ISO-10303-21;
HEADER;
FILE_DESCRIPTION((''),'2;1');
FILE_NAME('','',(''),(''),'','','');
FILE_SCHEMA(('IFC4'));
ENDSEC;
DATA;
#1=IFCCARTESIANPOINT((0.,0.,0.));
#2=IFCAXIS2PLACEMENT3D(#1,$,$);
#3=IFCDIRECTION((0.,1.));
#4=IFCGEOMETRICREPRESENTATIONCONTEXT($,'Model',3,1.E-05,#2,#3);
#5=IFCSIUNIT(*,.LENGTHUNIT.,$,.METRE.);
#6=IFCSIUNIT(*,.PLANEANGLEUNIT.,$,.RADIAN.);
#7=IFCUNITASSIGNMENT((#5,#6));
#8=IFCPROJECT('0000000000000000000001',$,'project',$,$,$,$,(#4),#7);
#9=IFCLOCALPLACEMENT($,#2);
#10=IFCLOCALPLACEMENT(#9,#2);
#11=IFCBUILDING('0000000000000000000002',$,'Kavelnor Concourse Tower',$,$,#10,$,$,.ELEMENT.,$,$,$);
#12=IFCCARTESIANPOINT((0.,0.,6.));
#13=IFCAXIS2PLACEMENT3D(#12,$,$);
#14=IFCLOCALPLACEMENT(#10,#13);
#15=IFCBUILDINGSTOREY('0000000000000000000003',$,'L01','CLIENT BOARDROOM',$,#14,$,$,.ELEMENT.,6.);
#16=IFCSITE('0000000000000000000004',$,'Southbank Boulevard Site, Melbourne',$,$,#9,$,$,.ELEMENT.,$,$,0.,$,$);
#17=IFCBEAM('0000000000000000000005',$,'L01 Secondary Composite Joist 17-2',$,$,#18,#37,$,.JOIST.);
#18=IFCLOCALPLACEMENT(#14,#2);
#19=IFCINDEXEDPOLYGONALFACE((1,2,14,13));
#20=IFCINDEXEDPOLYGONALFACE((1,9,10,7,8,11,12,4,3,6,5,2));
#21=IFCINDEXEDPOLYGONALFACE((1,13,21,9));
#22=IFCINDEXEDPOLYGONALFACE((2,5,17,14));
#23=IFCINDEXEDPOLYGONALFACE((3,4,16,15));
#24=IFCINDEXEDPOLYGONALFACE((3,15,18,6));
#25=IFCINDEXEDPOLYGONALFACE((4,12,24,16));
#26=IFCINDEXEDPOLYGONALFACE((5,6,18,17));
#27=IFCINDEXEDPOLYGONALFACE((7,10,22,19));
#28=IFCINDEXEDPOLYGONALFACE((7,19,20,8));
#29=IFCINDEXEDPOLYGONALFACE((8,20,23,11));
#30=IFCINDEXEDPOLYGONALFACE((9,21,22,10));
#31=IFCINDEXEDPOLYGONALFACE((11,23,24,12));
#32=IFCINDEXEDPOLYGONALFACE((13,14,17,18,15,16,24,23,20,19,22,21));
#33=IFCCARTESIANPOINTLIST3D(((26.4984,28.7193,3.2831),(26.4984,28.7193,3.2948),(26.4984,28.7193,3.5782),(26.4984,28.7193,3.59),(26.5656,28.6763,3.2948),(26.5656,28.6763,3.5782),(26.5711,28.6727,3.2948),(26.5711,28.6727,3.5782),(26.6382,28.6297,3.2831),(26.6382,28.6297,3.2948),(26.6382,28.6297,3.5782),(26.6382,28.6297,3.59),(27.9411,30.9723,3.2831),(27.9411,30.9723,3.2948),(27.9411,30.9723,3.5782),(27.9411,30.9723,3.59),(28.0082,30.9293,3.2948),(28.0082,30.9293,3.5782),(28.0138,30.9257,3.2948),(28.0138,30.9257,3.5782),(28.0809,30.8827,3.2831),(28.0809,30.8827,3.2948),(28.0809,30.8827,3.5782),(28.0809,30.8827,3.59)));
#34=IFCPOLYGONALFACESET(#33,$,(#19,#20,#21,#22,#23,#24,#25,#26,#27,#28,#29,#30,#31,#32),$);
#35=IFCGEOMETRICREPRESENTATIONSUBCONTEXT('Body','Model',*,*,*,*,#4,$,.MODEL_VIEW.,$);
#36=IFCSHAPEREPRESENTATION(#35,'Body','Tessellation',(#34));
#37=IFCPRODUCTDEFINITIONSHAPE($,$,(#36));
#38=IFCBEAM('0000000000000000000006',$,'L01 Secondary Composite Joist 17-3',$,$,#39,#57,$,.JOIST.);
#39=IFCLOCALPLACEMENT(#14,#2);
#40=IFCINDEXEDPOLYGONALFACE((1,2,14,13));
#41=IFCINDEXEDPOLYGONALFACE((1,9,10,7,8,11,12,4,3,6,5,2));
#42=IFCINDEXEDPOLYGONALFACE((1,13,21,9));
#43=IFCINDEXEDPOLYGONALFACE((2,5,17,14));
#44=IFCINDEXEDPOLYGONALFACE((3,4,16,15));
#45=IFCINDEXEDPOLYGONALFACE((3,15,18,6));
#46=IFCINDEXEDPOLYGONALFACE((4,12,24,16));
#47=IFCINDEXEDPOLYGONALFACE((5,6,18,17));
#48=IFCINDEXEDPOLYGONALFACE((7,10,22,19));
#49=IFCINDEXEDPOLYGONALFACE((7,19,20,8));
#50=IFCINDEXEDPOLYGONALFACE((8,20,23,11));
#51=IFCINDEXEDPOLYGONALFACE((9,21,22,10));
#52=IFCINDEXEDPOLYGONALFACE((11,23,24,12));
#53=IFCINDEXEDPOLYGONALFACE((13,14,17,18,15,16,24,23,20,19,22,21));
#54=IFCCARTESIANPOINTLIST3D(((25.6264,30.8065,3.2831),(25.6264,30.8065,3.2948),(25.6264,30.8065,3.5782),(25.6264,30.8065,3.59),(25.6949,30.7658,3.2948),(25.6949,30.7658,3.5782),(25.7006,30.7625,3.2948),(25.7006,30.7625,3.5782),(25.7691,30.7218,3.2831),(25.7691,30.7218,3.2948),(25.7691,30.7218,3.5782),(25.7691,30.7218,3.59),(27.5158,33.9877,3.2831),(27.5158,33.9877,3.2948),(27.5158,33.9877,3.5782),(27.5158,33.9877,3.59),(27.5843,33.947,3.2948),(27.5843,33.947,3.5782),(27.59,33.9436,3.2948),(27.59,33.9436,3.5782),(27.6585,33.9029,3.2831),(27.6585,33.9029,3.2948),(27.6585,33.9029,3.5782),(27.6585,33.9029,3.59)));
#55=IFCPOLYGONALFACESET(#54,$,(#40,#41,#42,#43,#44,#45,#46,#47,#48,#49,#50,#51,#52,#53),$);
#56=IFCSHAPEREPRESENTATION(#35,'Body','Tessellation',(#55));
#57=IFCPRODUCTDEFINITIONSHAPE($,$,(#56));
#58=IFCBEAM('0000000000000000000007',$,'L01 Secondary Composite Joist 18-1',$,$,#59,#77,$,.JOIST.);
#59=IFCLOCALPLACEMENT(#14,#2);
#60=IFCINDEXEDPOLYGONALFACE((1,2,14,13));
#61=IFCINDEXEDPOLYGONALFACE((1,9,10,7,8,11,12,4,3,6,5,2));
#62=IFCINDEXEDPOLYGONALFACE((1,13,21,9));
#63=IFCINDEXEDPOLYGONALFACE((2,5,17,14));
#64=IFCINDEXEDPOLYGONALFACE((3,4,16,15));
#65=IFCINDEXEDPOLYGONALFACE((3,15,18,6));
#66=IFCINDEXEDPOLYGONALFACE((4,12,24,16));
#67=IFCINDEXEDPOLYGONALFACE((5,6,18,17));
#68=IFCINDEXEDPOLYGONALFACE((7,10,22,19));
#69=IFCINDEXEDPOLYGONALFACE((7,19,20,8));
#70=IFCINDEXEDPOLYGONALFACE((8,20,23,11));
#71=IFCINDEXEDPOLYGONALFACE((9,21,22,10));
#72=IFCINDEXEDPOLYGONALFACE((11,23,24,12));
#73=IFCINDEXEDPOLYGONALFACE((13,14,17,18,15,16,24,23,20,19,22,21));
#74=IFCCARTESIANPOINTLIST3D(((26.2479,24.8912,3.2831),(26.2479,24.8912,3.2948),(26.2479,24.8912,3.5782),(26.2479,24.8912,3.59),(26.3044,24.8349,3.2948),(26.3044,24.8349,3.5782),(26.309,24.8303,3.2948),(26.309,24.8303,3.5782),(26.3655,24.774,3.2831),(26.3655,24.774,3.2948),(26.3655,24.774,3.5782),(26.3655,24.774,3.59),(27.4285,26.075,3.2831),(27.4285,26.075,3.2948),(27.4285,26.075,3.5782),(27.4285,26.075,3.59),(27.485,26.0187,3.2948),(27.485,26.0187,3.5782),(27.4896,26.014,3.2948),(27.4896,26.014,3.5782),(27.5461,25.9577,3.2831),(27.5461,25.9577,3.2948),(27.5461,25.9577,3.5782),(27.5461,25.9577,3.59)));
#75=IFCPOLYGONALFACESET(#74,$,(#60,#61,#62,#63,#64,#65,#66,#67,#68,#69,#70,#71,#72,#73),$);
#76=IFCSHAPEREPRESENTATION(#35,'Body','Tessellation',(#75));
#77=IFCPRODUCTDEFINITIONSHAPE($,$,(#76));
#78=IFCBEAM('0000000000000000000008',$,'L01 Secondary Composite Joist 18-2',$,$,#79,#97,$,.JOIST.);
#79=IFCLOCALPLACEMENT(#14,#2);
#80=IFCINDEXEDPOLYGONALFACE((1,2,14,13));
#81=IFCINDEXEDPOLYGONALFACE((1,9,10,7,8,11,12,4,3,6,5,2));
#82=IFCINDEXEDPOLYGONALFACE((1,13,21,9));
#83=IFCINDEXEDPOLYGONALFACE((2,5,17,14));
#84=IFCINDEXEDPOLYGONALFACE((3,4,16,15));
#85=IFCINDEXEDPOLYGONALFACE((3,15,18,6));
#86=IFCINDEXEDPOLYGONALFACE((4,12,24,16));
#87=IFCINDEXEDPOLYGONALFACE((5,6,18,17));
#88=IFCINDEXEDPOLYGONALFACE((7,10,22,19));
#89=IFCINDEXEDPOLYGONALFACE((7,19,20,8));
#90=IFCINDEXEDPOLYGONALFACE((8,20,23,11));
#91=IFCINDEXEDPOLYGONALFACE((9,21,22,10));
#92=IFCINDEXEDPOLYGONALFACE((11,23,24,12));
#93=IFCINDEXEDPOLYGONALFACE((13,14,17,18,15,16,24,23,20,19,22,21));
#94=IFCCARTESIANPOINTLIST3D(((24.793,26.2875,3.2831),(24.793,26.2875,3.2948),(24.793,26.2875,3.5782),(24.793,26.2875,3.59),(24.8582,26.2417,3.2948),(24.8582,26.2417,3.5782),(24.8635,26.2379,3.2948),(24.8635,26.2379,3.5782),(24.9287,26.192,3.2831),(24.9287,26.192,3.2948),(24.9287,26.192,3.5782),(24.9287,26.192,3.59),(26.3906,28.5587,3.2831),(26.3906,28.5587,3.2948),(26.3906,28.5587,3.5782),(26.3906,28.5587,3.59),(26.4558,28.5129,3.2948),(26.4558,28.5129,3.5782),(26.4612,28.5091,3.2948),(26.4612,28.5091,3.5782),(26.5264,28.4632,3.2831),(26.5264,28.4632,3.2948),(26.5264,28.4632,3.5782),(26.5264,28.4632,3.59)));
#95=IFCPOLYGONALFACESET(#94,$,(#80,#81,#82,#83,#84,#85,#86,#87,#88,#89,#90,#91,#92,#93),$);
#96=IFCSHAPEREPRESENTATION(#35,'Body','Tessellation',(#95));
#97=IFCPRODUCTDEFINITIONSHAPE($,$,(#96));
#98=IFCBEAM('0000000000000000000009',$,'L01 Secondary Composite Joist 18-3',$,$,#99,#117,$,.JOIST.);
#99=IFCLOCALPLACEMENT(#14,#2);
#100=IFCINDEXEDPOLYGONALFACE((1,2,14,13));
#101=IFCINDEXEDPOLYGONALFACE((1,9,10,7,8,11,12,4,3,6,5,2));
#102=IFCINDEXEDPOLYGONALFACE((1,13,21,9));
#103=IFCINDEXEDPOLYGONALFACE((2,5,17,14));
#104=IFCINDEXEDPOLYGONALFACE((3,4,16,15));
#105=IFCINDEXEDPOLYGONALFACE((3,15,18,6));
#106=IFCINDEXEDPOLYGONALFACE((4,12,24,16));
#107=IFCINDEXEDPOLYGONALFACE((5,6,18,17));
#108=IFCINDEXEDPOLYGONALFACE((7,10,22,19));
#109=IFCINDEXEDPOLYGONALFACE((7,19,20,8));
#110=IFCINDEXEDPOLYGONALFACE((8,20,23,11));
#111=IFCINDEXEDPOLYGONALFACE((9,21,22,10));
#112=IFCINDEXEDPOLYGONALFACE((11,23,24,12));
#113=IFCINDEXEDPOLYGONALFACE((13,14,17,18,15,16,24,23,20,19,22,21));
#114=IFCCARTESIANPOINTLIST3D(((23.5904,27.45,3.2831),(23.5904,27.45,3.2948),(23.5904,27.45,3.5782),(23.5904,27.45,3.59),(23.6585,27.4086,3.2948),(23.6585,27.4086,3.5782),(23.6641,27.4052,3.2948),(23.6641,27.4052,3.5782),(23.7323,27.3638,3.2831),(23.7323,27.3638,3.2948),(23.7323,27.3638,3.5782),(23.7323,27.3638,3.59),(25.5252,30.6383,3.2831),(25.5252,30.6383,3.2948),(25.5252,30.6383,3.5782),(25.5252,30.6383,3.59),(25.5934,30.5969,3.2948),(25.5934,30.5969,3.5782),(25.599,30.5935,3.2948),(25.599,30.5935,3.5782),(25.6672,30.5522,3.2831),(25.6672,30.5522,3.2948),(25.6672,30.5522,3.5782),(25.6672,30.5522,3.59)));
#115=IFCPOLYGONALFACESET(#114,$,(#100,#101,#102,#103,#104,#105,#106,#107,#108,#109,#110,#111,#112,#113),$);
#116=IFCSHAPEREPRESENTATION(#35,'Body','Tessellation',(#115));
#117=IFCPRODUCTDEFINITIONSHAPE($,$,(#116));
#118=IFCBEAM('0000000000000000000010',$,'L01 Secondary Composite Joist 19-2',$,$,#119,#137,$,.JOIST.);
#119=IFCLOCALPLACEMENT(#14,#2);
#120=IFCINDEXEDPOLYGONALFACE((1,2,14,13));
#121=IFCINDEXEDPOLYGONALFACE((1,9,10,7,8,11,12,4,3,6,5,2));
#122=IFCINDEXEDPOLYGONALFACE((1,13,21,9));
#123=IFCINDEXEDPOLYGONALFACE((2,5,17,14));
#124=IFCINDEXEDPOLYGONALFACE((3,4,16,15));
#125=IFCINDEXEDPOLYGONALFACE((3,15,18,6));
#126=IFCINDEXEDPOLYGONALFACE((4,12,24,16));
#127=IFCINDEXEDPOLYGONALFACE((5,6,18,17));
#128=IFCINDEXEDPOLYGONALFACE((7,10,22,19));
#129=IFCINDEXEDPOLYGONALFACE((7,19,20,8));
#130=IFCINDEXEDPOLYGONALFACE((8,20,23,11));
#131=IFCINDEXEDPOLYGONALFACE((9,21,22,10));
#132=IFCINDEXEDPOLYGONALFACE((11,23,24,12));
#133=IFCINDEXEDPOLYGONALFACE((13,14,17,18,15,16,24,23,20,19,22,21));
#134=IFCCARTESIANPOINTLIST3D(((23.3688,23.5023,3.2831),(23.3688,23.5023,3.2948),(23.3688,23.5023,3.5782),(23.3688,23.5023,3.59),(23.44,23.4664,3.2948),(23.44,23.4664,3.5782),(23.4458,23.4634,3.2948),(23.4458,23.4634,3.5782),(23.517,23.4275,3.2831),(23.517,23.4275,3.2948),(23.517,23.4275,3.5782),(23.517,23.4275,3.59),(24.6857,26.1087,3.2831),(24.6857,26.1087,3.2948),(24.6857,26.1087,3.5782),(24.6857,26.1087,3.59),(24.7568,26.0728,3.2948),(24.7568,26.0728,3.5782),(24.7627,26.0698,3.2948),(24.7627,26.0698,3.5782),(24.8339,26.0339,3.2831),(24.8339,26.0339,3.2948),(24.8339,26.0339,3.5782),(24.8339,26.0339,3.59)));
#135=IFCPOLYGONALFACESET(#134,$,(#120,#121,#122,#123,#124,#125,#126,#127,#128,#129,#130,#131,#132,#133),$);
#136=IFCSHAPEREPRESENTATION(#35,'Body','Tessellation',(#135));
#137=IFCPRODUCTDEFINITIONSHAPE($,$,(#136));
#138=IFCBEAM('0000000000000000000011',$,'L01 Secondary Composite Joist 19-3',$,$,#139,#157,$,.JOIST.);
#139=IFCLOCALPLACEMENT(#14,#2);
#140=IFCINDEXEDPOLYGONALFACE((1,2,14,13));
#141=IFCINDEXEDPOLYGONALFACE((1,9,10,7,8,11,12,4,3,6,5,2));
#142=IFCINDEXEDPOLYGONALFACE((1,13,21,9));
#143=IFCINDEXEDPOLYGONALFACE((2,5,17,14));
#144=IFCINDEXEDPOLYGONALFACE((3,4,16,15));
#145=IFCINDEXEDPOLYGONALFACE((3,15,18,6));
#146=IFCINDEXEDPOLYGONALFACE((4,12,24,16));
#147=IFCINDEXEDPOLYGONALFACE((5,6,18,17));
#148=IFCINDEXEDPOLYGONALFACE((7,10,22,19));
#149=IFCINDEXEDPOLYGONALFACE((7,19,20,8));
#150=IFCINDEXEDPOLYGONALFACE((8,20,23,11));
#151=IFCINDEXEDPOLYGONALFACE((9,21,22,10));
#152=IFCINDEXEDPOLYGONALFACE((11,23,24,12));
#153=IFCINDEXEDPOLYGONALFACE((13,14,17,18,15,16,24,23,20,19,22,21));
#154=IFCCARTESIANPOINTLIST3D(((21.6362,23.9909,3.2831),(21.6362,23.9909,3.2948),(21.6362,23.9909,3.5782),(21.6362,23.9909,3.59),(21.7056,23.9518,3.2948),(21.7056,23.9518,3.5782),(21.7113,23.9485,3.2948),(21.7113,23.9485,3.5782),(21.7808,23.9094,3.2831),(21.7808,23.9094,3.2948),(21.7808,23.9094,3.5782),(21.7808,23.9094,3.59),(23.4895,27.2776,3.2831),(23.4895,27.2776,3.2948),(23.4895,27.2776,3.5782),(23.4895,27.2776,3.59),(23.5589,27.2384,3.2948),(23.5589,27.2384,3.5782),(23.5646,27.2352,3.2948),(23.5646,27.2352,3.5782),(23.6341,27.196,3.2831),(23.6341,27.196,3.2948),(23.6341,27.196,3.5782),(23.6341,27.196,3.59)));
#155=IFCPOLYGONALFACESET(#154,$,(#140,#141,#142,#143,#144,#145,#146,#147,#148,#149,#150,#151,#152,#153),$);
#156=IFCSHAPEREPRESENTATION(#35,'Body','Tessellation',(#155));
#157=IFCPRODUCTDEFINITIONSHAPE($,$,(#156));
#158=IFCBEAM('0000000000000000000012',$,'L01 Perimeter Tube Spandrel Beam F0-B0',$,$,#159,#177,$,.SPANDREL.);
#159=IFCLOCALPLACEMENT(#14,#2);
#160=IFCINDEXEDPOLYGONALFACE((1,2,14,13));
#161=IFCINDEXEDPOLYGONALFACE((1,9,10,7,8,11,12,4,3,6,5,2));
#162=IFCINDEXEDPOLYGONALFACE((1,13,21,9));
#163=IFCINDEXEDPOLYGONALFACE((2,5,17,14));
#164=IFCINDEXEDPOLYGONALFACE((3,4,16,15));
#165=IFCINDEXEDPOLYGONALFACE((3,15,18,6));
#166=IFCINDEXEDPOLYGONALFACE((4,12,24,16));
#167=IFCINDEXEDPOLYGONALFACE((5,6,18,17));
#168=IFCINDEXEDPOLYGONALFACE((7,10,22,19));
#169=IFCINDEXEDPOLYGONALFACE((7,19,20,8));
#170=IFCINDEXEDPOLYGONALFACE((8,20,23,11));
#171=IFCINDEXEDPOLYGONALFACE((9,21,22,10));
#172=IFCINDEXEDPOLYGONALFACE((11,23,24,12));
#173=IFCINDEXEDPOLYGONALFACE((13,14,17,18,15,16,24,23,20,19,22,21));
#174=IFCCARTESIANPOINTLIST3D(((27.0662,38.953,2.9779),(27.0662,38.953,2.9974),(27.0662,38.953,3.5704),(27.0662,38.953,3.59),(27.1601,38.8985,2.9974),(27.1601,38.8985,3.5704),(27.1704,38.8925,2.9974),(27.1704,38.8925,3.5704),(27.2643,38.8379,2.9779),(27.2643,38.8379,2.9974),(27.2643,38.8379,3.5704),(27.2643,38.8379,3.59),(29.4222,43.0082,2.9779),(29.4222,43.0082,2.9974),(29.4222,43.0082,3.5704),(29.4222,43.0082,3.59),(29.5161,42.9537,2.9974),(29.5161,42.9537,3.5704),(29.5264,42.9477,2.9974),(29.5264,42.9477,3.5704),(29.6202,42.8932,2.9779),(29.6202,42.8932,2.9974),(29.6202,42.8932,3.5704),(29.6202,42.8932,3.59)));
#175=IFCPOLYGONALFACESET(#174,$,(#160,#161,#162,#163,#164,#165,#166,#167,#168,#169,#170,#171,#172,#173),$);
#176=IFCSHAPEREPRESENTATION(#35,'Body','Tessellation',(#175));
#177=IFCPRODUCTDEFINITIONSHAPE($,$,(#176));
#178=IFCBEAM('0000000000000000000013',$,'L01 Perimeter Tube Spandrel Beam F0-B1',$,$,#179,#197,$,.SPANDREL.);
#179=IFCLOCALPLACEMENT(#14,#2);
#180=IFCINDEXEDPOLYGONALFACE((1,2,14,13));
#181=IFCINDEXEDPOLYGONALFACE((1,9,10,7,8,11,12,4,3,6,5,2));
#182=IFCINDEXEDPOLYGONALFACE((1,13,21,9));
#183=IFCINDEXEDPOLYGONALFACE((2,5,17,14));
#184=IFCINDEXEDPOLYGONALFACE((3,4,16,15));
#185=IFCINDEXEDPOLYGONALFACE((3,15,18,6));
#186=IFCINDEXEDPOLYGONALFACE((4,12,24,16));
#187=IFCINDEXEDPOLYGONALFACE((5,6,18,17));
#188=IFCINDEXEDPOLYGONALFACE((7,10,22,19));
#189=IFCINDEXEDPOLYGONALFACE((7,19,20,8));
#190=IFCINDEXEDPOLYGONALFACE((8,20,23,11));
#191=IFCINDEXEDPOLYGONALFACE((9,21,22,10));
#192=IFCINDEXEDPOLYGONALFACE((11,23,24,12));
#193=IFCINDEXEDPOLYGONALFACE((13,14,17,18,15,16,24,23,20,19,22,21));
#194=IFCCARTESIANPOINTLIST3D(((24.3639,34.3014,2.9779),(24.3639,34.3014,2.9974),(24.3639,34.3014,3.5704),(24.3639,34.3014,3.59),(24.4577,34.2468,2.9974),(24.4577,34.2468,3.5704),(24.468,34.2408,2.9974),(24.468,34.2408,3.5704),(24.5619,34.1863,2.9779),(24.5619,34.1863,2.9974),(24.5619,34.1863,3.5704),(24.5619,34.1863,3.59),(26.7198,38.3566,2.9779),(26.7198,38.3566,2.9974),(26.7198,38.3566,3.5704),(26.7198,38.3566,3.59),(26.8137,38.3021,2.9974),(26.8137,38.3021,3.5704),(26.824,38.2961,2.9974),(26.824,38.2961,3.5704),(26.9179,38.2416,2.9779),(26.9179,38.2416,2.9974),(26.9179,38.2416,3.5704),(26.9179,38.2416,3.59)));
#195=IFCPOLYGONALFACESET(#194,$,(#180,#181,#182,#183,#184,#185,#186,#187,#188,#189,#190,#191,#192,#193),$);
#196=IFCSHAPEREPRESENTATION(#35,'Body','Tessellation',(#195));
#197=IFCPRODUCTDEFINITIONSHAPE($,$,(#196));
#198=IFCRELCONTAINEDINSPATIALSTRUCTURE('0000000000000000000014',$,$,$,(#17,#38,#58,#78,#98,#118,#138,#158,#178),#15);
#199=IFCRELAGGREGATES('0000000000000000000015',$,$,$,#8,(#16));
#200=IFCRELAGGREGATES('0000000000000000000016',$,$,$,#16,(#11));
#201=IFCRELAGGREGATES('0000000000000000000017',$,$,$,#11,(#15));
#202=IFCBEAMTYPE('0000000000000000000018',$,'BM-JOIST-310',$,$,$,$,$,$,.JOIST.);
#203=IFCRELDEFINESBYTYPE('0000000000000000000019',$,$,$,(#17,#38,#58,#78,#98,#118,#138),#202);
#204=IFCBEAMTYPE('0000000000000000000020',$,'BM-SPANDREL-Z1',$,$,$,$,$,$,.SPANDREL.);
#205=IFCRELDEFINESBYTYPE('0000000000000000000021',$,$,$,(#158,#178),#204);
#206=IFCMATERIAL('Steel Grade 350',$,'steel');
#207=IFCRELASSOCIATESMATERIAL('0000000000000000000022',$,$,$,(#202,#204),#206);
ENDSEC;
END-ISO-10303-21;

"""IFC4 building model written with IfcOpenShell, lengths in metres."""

from ifc_helpers import new_model, si_unit, direction, frame, origin, origin_2d, place, context, subcontext, project, spatial, i_section, extrude, material, material_profile, profile_set, type_object, element, save


model = new_model("IFC4")

# Units and contexts
model_context = context("Model", 3, precision=1e-05, world=origin(), true_north=direction((0.0, 1.0)))
body_context = subcontext(model_context, "Body", "Model", "MODEL_VIEW")
ifc_project = project(units=[si_unit("LENGTHUNIT", "METRE"), si_unit("PLANEANGLEUNIT", "RADIAN")], contexts=[model_context])

# Site, building, storey
site_placement = place(None, origin())
site = spatial("IfcSite", under=ifc_project, at=site_placement, Name="Southbank Boulevard Site, Melbourne", CompositionType="ELEMENT", RefElevation=0.0)
building_placement = place(site_placement, origin())
building = spatial("IfcBuilding", under=site, at=building_placement, Name="Kavelnor Concourse Tower", CompositionType="ELEMENT")
storey_placement = place(building_placement, frame((0.0, 0.0, 6.0)))
storey = spatial("IfcBuildingStorey", under=building, at=storey_placement, Name="L01", Description="CLIENT BOARDROOM", CompositionType="ELEMENT", Elevation=6.0)

# Shared definitions
ifc_material_1 = material(Name="Steel Grade 350", Category="steel")

# Beams
ifc_material_profile_1 = material_profile(ifc_material_1, i_section(OverallWidth=0.166, OverallDepth=0.3069, WebThickness=0.0066, FlangeThickness=0.0117, at=origin_2d()), Name="310UB46")
ifc_profile_set_1 = profile_set([ifc_material_profile_1], Name="Steel Grade 350")
beam_type_1 = type_object("IfcBeamType", Name="BM-JOIST-310", PredefinedType="JOIST", material=ifc_profile_set_1)
beam_1_placement = place(storey_placement, frame((28.011, 30.9275, 3.4365), z_axis=(-0.539253, -0.842144, 0.0), x_axis=(0.842144, -0.539253, 0.0)))
element("IfcBeam", 1, at=beam_1_placement, inside=storey, type_object=beam_type_1, Name="L01 Secondary Composite Joist 17-2", PredefinedType="JOIST", context=body_context, shape_type="SweptSolid", body=[
    extrude(i_section(OverallWidth=0.166, OverallDepth=0.3069, WebThickness=0.0066, FlangeThickness=0.0117, at=origin_2d()), origin(), (0.0, 0.0, 1.0), 2.6753),
])
beam_2_placement = place(storey_placement, frame((27.5872, 33.9453, 3.4365), z_axis=(-0.510658, -0.859784, 0.0), x_axis=(0.859784, -0.510658, 0.0)))
element("IfcBeam", 2, at=beam_2_placement, inside=storey, type_object=beam_type_1, Name="L01 Secondary Composite Joist 17-3", PredefinedType="JOIST", context=body_context, shape_type="SweptSolid", body=[
    extrude(i_section(OverallWidth=0.166, OverallDepth=0.3069, WebThickness=0.0066, FlangeThickness=0.0117, at=origin_2d()), origin(), (0.0, 0.0, 1.0), 3.7),
])
beam_3_placement = place(storey_placement, frame((27.4873, 26.0164, 3.4365), z_axis=(-0.706157, -0.708055, 0.0), x_axis=(0.708055, -0.706157, 0.0)))
element("IfcBeam", 3, at=beam_3_placement, inside=storey, type_object=beam_type_1, Name="L01 Secondary Composite Joist 18-1", PredefinedType="JOIST", context=body_context, shape_type="SweptSolid", body=[
    extrude(i_section(OverallWidth=0.166, OverallDepth=0.3069, WebThickness=0.0066, FlangeThickness=0.0117, at=origin_2d()), origin(), (0.0, 0.0, 1.0), 1.6719),
])
beam_4_placement = place(storey_placement, frame((26.4585, 28.511, 3.4365), z_axis=(-0.575343, -0.817912, 0.0), x_axis=(0.817912, -0.575343, 0.0)))
element("IfcBeam", 4, at=beam_4_placement, inside=storey, type_object=beam_type_1, Name="L01 Secondary Composite Joist 18-2", PredefinedType="JOIST", context=body_context, shape_type="SweptSolid", body=[
    extrude(i_section(OverallWidth=0.166, OverallDepth=0.3069, WebThickness=0.0066, FlangeThickness=0.0117, at=origin_2d()), origin(), (0.0, 0.0, 1.0), 2.7769),
])
beam_5_placement = place(storey_placement, frame((25.5962, 30.5952, 3.4365), z_axis=(-0.518802, -0.854894, 0.0), x_axis=(0.854894, -0.518802, 0.0)))
element("IfcBeam", 5, at=beam_5_placement, inside=storey, type_object=beam_type_1, Name="L01 Secondary Composite Joist 18-3", PredefinedType="JOIST", context=body_context, shape_type="SweptSolid", body=[
    extrude(i_section(OverallWidth=0.166, OverallDepth=0.3069, WebThickness=0.0066, FlangeThickness=0.0117, at=origin_2d()), origin(), (0.0, 0.0, 1.0), 3.7295),
])
beam_6_placement = place(storey_placement, frame((24.7598, 26.0713, 3.4365), z_axis=(-0.450955, -0.892547, 0.0), x_axis=(0.892547, -0.450955, 0.0)))
element("IfcBeam", 6, at=beam_6_placement, inside=storey, type_object=beam_type_1, Name="L01 Secondary Composite Joist 19-2", PredefinedType="JOIST", context=body_context, shape_type="SweptSolid", body=[
    extrude(i_section(OverallWidth=0.166, OverallDepth=0.3069, WebThickness=0.0066, FlangeThickness=0.0117, at=origin_2d()), origin(), (0.0, 0.0, 1.0), 2.9202),
])
beam_7_placement = place(storey_placement, frame((23.5618, 27.2368, 3.4365), z_axis=(-0.491176, -0.87106, 0.0), x_axis=(0.87106, -0.491176, 0.0)))
element("IfcBeam", 7, at=beam_7_placement, inside=storey, type_object=beam_type_1, Name="L01 Secondary Composite Joist 19-3", PredefinedType="JOIST", context=body_context, shape_type="SweptSolid", body=[
    extrude(i_section(OverallWidth=0.166, OverallDepth=0.3069, WebThickness=0.0066, FlangeThickness=0.0117, at=origin_2d()), origin(), (0.0, 0.0, 1.0), 3.7732),
])
ifc_material_profile_2 = material_profile(ifc_material_1, i_section(OverallWidth=0.229, OverallDepth=0.6121, WebThickness=0.012, FlangeThickness=0.0195, at=origin_2d()), Name="610UB125")
ifc_profile_set_2 = profile_set([ifc_material_profile_2], Name="Steel Grade 350")
beam_type_2 = type_object("IfcBeamType", Name="BM-SPANDREL-Z1", PredefinedType="SPANDREL", material=ifc_profile_set_2)
for number, where, z_axis, x_axis, name in (
    (8, (29.5212, 42.9507, 3.2839), (-0.502349, -0.864665, 0.0), (0.864665, -0.502349, 0.0), "L01 Perimeter Tube Spandrel Beam F0-B0"),
    (9, (26.8188, 38.2991, 3.2839), (-0.502349, -0.864665, 0.0), (0.864665, -0.502349, 0.0), "L01 Perimeter Tube Spandrel Beam F0-B1"),
):
    element("IfcBeam", number, at=place(storey_placement, frame(where, z_axis=z_axis, x_axis=x_axis)), inside=storey, type_object=beam_type_2, Name=name, PredefinedType="SPANDREL", context=body_context, shape_type="SweptSolid", body=[
        extrude(i_section(OverallWidth=0.229, OverallDepth=0.6121, WebThickness=0.012, FlangeThickness=0.0195, at=origin_2d()), origin(), (0.0, 0.0, 1.0), 4.6899),
    ])

save(model, "model.ifc")
